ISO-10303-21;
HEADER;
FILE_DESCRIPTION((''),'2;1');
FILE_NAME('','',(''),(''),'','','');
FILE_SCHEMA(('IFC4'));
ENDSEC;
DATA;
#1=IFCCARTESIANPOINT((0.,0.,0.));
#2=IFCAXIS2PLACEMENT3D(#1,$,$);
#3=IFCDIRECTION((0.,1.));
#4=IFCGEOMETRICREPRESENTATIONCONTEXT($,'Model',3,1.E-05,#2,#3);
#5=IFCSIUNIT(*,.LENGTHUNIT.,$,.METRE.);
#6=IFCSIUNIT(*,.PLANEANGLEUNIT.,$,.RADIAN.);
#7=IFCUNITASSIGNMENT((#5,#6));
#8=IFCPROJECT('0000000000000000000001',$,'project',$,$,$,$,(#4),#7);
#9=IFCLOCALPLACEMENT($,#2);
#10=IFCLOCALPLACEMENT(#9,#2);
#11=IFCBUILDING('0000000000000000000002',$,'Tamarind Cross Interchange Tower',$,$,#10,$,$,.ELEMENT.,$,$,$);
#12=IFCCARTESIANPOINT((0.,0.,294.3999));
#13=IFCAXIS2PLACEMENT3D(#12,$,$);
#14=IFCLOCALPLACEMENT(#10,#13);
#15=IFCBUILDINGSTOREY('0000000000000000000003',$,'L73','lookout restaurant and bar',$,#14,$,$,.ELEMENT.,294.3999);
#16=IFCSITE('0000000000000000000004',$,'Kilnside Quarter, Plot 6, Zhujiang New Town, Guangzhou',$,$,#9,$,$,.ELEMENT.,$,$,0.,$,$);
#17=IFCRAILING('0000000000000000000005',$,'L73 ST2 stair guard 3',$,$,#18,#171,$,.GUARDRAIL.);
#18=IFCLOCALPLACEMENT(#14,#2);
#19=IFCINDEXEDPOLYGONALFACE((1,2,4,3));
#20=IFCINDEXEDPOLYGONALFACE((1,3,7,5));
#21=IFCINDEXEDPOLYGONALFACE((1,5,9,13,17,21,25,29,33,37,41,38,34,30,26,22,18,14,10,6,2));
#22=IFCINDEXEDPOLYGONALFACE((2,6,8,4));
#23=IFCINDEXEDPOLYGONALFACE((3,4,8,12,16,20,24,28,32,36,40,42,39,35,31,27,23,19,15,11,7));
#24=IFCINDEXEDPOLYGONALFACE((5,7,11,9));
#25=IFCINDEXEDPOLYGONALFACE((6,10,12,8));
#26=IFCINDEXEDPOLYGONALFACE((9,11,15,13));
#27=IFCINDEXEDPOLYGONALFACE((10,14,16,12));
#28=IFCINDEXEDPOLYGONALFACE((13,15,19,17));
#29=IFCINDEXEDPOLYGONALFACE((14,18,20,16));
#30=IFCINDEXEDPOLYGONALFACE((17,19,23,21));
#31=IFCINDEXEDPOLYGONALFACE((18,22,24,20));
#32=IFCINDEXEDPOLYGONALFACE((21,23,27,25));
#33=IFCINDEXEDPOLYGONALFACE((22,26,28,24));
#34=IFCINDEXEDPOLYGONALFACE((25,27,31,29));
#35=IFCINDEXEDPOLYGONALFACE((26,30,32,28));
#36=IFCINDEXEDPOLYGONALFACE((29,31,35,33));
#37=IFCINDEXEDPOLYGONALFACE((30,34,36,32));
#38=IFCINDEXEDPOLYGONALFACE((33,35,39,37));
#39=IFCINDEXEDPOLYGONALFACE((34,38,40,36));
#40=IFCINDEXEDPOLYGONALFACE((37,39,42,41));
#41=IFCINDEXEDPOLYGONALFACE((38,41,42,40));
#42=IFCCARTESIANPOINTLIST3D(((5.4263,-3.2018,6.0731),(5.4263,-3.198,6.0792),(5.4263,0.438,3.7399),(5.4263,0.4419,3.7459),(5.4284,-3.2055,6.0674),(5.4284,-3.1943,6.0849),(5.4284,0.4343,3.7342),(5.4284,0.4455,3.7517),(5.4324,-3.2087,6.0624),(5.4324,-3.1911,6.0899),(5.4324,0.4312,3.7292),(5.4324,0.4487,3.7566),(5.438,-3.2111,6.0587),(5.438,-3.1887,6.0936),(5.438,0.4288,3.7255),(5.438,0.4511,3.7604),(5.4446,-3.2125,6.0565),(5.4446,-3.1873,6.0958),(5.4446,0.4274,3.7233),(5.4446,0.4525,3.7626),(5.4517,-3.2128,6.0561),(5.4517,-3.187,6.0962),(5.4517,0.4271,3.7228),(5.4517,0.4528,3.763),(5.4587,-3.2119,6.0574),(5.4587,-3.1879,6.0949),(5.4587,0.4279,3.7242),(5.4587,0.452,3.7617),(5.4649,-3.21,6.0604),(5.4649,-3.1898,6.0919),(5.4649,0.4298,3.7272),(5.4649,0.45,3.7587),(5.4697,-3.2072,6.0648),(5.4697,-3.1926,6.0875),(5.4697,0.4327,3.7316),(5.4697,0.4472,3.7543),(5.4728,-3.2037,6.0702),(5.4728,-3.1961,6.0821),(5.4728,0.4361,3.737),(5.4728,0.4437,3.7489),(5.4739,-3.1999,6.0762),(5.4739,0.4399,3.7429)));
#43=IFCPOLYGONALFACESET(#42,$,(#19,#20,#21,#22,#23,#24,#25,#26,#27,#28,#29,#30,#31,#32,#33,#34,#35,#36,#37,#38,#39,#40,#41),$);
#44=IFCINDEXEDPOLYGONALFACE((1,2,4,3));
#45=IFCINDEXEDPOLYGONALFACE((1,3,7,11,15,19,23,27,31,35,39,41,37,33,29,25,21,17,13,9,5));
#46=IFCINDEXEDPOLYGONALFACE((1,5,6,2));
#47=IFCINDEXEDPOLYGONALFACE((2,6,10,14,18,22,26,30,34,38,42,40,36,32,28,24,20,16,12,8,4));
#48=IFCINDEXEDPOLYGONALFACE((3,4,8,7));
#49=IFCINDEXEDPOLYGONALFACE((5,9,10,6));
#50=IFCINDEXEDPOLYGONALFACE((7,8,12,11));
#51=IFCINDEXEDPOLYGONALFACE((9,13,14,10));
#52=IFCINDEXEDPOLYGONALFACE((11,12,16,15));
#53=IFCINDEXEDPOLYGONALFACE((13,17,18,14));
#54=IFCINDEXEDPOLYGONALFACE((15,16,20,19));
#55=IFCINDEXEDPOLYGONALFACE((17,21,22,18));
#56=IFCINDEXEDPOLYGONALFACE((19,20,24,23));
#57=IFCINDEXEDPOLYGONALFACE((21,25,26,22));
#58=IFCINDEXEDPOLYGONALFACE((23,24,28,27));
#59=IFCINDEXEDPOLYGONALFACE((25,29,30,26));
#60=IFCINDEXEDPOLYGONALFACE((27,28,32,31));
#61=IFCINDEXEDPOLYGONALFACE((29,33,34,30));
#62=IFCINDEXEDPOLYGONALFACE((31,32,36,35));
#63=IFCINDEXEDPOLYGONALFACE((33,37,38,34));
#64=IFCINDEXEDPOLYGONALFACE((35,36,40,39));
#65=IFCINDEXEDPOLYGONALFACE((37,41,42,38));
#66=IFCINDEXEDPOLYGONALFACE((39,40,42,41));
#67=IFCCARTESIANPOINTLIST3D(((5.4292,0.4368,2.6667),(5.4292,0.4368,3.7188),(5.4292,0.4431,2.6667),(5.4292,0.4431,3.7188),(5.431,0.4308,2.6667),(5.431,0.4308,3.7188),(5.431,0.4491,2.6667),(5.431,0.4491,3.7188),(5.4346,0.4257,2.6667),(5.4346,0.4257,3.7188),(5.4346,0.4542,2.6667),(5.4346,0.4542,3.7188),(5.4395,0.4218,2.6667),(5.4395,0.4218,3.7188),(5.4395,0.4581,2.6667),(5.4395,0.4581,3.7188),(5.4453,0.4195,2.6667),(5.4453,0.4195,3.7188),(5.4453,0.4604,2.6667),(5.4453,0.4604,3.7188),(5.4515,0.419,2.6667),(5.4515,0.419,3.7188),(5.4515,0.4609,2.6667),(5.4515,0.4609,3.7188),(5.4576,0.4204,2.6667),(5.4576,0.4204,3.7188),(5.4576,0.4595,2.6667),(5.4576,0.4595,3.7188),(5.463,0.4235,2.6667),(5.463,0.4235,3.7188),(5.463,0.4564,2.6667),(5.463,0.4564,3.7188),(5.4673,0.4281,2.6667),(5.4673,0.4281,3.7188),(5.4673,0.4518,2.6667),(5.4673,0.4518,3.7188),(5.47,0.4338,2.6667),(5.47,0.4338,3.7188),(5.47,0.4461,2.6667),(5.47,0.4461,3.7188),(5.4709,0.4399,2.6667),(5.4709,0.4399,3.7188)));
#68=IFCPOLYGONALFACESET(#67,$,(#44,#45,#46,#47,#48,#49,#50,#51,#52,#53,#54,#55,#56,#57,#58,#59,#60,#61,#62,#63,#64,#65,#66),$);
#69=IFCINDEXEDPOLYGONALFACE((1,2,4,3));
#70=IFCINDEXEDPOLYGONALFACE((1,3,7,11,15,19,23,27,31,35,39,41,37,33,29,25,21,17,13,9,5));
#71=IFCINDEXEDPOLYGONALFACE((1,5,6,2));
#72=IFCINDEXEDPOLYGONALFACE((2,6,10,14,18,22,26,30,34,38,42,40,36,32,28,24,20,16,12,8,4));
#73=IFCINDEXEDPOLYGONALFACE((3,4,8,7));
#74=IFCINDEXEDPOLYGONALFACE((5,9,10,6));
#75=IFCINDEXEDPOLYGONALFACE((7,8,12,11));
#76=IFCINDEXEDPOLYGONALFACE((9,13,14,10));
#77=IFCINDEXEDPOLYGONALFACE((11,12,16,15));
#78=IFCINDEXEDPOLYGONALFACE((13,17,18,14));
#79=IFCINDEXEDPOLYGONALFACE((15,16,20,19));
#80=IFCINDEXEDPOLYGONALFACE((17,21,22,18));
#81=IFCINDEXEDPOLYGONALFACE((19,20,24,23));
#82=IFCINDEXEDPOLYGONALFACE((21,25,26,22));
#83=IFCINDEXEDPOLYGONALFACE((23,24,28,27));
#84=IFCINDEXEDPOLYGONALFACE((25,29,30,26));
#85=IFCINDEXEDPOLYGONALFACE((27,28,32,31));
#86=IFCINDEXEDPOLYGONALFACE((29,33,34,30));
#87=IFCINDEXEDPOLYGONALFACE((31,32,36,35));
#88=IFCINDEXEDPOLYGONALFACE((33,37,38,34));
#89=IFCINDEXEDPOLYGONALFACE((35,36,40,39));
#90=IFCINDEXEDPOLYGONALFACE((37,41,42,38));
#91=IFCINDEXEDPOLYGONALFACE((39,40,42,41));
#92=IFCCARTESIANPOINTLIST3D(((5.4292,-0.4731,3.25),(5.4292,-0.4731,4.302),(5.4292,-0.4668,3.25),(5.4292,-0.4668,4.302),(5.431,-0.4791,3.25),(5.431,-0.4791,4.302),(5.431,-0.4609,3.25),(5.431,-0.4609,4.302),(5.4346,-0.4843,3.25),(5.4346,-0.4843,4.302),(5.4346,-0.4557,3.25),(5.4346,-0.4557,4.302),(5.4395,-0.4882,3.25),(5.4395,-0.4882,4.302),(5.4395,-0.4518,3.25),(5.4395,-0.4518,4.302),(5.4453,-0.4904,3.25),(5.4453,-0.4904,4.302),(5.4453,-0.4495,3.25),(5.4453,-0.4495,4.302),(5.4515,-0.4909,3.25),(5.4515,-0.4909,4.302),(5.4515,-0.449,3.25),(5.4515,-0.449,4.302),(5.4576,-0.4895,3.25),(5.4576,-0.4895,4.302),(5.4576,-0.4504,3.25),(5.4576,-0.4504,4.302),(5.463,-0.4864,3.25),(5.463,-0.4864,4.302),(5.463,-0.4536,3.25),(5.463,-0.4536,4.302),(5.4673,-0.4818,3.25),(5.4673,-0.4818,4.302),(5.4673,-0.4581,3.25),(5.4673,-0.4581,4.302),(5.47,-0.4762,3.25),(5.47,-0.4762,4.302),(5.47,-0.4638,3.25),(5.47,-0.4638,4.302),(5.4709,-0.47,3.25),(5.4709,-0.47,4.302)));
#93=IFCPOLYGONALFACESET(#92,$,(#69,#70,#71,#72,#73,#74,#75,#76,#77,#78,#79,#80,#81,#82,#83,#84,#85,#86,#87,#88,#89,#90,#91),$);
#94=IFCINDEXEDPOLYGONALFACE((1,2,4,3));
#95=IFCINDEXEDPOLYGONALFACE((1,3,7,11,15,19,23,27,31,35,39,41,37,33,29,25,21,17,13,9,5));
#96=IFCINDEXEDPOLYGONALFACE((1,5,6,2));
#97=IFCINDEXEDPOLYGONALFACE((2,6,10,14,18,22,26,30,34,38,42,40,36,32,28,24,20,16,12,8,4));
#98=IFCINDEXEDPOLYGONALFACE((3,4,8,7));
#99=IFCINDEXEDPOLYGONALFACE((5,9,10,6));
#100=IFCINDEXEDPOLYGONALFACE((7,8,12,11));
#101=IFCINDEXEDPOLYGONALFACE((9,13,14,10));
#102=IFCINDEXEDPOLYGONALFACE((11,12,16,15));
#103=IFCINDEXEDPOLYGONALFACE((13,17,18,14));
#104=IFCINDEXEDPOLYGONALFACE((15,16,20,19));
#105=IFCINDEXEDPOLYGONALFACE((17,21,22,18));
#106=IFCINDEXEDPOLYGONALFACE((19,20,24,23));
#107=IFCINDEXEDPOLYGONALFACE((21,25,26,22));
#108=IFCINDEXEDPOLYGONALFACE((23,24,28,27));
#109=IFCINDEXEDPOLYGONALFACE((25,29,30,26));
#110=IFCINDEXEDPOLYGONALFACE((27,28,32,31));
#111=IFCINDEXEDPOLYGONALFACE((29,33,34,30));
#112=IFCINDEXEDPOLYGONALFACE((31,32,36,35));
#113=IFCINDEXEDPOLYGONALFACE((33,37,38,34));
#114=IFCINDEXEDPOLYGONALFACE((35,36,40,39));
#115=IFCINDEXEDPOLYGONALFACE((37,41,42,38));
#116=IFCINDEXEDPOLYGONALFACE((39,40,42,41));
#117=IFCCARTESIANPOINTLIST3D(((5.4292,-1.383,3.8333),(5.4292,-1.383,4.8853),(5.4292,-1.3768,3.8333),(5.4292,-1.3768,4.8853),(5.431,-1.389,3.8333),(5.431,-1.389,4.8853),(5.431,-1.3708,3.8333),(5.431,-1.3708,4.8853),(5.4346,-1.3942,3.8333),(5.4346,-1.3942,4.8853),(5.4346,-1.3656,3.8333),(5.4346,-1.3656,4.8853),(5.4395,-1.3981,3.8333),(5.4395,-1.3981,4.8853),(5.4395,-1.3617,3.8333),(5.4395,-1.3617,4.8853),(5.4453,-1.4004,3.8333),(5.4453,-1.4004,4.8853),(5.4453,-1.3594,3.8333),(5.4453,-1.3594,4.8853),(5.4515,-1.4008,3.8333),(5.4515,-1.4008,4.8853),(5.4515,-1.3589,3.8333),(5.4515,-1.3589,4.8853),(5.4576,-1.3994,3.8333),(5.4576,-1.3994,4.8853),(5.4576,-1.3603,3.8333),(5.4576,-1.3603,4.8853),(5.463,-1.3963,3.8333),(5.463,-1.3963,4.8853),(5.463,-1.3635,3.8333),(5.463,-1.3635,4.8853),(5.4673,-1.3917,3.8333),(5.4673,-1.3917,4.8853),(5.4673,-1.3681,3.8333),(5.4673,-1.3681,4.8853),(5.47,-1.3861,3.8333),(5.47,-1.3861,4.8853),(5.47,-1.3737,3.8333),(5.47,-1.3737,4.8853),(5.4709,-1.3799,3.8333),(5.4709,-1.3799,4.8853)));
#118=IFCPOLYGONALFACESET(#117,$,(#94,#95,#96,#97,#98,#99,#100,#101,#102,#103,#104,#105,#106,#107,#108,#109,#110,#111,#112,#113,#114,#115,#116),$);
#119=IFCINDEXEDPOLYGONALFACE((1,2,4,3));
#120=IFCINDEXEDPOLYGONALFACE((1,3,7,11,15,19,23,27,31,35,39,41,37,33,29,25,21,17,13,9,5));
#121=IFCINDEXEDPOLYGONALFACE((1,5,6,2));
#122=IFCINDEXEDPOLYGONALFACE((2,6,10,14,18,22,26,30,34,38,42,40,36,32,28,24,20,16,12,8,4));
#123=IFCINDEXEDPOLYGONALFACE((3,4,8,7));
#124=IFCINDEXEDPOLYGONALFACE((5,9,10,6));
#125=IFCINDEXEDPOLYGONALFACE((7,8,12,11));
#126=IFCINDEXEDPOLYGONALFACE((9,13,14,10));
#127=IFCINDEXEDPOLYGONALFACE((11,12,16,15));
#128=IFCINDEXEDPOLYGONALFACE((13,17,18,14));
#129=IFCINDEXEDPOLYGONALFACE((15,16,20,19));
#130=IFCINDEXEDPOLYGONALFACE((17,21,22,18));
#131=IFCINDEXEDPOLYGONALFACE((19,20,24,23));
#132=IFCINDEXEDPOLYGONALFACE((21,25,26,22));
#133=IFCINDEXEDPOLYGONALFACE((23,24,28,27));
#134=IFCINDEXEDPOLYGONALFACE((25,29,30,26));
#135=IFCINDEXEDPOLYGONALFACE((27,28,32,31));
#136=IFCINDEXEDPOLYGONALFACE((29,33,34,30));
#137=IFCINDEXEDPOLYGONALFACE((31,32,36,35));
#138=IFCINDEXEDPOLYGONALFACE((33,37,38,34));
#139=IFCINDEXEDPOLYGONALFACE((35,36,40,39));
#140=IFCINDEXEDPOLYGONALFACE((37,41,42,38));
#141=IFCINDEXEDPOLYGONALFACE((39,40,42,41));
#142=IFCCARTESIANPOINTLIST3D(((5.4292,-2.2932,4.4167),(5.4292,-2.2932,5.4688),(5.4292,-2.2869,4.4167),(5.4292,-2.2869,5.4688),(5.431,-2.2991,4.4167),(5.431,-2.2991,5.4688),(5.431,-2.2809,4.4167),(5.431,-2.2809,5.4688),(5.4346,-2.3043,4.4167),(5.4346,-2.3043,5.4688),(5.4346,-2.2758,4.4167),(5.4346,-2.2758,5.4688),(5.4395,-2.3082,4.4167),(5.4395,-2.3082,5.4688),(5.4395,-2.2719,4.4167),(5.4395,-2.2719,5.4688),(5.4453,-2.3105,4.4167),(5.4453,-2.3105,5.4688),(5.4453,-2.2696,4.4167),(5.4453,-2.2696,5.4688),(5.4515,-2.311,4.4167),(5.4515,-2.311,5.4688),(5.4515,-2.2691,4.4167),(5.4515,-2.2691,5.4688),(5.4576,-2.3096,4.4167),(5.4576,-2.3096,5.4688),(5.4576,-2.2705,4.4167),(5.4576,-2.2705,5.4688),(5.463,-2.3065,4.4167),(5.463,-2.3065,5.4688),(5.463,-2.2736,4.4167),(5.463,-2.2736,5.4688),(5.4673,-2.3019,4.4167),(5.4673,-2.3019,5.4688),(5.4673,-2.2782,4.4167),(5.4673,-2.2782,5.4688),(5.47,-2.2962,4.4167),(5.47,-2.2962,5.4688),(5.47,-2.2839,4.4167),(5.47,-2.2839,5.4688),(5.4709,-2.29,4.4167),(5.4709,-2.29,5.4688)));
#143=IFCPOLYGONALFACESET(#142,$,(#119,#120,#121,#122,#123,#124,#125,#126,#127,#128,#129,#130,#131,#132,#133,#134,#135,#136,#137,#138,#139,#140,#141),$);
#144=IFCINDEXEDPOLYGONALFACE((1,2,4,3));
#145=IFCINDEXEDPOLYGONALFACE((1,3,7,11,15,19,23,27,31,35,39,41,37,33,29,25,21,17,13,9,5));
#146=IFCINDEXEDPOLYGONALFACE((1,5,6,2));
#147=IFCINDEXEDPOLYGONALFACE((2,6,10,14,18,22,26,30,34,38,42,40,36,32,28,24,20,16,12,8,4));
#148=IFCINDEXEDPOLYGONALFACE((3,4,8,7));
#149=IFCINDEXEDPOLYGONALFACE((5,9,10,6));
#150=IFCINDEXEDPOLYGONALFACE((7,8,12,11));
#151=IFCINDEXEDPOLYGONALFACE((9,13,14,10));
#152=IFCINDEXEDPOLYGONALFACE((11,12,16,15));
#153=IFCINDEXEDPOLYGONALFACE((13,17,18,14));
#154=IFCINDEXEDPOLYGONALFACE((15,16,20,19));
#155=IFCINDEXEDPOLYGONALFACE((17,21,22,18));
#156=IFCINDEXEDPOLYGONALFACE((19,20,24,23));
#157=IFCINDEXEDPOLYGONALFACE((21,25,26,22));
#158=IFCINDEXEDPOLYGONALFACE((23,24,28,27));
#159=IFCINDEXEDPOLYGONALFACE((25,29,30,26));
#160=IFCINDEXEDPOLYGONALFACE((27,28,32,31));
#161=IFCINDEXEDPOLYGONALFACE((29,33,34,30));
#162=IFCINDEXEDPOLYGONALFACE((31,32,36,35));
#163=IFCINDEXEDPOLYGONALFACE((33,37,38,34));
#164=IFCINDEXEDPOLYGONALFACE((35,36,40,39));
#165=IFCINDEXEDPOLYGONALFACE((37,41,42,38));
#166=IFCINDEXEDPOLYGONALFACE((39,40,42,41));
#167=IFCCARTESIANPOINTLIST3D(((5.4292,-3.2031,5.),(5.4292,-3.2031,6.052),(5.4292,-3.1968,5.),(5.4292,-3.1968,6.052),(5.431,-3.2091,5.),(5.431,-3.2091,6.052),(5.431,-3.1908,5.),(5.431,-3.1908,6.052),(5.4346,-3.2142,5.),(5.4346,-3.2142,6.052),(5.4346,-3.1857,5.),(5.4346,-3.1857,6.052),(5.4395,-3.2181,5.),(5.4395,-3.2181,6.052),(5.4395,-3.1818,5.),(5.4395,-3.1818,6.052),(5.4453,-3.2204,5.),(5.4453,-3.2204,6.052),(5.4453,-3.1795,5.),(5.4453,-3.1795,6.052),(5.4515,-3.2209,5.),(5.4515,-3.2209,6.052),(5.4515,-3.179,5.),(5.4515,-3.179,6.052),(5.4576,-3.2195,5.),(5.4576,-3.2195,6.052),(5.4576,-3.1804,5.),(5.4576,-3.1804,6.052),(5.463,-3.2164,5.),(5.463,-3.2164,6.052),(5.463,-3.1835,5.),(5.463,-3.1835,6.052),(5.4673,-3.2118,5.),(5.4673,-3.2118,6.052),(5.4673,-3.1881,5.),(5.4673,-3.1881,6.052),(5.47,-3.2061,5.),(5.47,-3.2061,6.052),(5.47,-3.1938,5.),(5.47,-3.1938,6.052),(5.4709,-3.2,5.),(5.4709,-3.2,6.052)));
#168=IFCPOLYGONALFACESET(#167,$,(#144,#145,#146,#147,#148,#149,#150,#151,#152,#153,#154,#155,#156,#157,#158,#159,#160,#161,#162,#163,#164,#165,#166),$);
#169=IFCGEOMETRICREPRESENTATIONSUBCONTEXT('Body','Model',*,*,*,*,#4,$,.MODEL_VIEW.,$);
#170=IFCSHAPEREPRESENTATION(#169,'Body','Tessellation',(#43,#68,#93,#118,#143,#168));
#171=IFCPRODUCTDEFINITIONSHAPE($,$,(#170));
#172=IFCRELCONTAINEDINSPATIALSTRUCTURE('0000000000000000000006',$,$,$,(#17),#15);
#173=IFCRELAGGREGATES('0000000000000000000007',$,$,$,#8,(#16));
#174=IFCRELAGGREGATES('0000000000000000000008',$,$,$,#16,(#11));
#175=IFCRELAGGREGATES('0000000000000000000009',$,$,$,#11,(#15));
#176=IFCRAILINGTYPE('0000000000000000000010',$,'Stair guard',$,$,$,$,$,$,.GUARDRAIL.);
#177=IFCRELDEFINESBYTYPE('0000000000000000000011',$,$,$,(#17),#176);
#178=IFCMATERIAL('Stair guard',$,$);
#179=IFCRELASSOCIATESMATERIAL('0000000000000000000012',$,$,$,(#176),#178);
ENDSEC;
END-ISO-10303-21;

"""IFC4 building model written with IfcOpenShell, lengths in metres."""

from ifc_helpers import new_model, si_unit, direction, frame, origin, origin_2d, place, context, subcontext, project, spatial, circle, extrude, material, type_object, element, save


model = new_model("IFC4")

# Units and contexts
model_context = context("Model", 3, precision=1e-05, world=origin(), true_north=direction((0.0, 1.0)))
body_context = subcontext(model_context, "Body", "Model", "MODEL_VIEW")
ifc_project = project(units=[si_unit("LENGTHUNIT", "METRE"), si_unit("PLANEANGLEUNIT", "RADIAN")], contexts=[model_context])

# Site, building, storey
site_placement = place(None, origin())
site = spatial("IfcSite", under=ifc_project, at=site_placement, Name="Kilnside Quarter, Plot 6, Zhujiang New Town, Guangzhou", CompositionType="ELEMENT", RefElevation=0.0)
building_placement = place(site_placement, origin())
building = spatial("IfcBuilding", under=site, at=building_placement, Name="Tamarind Cross Interchange Tower", CompositionType="ELEMENT")
storey_placement = place(building_placement, frame((0.0, 0.0, 294.3999)))
storey = spatial("IfcBuildingStorey", under=building, at=storey_placement, Name="L73", Description="lookout restaurant and bar", CompositionType="ELEMENT", Elevation=294.3999)

# Railing
ifc_material_1 = material(Name="Stair guard")
railing_type_1 = type_object("IfcRailingType", Name="Stair guard", PredefinedType="GUARDRAIL", material=ifc_material_1)
railing_1_placement = place(storey_placement, frame((5.45, 0.4399, 2.6667)))
element("IfcRailing", 1, at=railing_1_placement, inside=storey, type_object=railing_type_1, Name="L73 ST2 stair guard 3", PredefinedType="GUARDRAIL", context=body_context, shape_type="SweptSolid", body=[
    extrude(circle(Radius=0.0239, at=origin_2d()), frame((0.0, 0.0, 1.0762), z_axis=(0.0, -0.84188, 0.539664), x_axis=(1.0, 0.0, 0.0)), (0.0, 0.0, 1.0), 4.3235),
    extrude(circle(Radius=0.021, at=origin_2d()), origin(), (0.0, 0.0, 1.0), 1.052),
    extrude(circle(Radius=0.021, at=origin_2d()), frame((0.0, -0.9099, 0.5833)), (0.0, 0.0, 1.0), 1.052),
    extrude(circle(Radius=0.021, at=origin_2d()), frame((0.0, -1.8198, 1.1665)), (0.0, 0.0, 1.0), 1.052),
    extrude(circle(Radius=0.021, at=origin_2d()), frame((0.0, -2.73, 1.75)), (0.0, 0.0, 1.0), 1.052),
    extrude(circle(Radius=0.021, at=origin_2d()), frame((0.0, -3.6399, 2.3333)), (0.0, 0.0, 1.0), 1.052),
])

save(model, "model.ifc")
